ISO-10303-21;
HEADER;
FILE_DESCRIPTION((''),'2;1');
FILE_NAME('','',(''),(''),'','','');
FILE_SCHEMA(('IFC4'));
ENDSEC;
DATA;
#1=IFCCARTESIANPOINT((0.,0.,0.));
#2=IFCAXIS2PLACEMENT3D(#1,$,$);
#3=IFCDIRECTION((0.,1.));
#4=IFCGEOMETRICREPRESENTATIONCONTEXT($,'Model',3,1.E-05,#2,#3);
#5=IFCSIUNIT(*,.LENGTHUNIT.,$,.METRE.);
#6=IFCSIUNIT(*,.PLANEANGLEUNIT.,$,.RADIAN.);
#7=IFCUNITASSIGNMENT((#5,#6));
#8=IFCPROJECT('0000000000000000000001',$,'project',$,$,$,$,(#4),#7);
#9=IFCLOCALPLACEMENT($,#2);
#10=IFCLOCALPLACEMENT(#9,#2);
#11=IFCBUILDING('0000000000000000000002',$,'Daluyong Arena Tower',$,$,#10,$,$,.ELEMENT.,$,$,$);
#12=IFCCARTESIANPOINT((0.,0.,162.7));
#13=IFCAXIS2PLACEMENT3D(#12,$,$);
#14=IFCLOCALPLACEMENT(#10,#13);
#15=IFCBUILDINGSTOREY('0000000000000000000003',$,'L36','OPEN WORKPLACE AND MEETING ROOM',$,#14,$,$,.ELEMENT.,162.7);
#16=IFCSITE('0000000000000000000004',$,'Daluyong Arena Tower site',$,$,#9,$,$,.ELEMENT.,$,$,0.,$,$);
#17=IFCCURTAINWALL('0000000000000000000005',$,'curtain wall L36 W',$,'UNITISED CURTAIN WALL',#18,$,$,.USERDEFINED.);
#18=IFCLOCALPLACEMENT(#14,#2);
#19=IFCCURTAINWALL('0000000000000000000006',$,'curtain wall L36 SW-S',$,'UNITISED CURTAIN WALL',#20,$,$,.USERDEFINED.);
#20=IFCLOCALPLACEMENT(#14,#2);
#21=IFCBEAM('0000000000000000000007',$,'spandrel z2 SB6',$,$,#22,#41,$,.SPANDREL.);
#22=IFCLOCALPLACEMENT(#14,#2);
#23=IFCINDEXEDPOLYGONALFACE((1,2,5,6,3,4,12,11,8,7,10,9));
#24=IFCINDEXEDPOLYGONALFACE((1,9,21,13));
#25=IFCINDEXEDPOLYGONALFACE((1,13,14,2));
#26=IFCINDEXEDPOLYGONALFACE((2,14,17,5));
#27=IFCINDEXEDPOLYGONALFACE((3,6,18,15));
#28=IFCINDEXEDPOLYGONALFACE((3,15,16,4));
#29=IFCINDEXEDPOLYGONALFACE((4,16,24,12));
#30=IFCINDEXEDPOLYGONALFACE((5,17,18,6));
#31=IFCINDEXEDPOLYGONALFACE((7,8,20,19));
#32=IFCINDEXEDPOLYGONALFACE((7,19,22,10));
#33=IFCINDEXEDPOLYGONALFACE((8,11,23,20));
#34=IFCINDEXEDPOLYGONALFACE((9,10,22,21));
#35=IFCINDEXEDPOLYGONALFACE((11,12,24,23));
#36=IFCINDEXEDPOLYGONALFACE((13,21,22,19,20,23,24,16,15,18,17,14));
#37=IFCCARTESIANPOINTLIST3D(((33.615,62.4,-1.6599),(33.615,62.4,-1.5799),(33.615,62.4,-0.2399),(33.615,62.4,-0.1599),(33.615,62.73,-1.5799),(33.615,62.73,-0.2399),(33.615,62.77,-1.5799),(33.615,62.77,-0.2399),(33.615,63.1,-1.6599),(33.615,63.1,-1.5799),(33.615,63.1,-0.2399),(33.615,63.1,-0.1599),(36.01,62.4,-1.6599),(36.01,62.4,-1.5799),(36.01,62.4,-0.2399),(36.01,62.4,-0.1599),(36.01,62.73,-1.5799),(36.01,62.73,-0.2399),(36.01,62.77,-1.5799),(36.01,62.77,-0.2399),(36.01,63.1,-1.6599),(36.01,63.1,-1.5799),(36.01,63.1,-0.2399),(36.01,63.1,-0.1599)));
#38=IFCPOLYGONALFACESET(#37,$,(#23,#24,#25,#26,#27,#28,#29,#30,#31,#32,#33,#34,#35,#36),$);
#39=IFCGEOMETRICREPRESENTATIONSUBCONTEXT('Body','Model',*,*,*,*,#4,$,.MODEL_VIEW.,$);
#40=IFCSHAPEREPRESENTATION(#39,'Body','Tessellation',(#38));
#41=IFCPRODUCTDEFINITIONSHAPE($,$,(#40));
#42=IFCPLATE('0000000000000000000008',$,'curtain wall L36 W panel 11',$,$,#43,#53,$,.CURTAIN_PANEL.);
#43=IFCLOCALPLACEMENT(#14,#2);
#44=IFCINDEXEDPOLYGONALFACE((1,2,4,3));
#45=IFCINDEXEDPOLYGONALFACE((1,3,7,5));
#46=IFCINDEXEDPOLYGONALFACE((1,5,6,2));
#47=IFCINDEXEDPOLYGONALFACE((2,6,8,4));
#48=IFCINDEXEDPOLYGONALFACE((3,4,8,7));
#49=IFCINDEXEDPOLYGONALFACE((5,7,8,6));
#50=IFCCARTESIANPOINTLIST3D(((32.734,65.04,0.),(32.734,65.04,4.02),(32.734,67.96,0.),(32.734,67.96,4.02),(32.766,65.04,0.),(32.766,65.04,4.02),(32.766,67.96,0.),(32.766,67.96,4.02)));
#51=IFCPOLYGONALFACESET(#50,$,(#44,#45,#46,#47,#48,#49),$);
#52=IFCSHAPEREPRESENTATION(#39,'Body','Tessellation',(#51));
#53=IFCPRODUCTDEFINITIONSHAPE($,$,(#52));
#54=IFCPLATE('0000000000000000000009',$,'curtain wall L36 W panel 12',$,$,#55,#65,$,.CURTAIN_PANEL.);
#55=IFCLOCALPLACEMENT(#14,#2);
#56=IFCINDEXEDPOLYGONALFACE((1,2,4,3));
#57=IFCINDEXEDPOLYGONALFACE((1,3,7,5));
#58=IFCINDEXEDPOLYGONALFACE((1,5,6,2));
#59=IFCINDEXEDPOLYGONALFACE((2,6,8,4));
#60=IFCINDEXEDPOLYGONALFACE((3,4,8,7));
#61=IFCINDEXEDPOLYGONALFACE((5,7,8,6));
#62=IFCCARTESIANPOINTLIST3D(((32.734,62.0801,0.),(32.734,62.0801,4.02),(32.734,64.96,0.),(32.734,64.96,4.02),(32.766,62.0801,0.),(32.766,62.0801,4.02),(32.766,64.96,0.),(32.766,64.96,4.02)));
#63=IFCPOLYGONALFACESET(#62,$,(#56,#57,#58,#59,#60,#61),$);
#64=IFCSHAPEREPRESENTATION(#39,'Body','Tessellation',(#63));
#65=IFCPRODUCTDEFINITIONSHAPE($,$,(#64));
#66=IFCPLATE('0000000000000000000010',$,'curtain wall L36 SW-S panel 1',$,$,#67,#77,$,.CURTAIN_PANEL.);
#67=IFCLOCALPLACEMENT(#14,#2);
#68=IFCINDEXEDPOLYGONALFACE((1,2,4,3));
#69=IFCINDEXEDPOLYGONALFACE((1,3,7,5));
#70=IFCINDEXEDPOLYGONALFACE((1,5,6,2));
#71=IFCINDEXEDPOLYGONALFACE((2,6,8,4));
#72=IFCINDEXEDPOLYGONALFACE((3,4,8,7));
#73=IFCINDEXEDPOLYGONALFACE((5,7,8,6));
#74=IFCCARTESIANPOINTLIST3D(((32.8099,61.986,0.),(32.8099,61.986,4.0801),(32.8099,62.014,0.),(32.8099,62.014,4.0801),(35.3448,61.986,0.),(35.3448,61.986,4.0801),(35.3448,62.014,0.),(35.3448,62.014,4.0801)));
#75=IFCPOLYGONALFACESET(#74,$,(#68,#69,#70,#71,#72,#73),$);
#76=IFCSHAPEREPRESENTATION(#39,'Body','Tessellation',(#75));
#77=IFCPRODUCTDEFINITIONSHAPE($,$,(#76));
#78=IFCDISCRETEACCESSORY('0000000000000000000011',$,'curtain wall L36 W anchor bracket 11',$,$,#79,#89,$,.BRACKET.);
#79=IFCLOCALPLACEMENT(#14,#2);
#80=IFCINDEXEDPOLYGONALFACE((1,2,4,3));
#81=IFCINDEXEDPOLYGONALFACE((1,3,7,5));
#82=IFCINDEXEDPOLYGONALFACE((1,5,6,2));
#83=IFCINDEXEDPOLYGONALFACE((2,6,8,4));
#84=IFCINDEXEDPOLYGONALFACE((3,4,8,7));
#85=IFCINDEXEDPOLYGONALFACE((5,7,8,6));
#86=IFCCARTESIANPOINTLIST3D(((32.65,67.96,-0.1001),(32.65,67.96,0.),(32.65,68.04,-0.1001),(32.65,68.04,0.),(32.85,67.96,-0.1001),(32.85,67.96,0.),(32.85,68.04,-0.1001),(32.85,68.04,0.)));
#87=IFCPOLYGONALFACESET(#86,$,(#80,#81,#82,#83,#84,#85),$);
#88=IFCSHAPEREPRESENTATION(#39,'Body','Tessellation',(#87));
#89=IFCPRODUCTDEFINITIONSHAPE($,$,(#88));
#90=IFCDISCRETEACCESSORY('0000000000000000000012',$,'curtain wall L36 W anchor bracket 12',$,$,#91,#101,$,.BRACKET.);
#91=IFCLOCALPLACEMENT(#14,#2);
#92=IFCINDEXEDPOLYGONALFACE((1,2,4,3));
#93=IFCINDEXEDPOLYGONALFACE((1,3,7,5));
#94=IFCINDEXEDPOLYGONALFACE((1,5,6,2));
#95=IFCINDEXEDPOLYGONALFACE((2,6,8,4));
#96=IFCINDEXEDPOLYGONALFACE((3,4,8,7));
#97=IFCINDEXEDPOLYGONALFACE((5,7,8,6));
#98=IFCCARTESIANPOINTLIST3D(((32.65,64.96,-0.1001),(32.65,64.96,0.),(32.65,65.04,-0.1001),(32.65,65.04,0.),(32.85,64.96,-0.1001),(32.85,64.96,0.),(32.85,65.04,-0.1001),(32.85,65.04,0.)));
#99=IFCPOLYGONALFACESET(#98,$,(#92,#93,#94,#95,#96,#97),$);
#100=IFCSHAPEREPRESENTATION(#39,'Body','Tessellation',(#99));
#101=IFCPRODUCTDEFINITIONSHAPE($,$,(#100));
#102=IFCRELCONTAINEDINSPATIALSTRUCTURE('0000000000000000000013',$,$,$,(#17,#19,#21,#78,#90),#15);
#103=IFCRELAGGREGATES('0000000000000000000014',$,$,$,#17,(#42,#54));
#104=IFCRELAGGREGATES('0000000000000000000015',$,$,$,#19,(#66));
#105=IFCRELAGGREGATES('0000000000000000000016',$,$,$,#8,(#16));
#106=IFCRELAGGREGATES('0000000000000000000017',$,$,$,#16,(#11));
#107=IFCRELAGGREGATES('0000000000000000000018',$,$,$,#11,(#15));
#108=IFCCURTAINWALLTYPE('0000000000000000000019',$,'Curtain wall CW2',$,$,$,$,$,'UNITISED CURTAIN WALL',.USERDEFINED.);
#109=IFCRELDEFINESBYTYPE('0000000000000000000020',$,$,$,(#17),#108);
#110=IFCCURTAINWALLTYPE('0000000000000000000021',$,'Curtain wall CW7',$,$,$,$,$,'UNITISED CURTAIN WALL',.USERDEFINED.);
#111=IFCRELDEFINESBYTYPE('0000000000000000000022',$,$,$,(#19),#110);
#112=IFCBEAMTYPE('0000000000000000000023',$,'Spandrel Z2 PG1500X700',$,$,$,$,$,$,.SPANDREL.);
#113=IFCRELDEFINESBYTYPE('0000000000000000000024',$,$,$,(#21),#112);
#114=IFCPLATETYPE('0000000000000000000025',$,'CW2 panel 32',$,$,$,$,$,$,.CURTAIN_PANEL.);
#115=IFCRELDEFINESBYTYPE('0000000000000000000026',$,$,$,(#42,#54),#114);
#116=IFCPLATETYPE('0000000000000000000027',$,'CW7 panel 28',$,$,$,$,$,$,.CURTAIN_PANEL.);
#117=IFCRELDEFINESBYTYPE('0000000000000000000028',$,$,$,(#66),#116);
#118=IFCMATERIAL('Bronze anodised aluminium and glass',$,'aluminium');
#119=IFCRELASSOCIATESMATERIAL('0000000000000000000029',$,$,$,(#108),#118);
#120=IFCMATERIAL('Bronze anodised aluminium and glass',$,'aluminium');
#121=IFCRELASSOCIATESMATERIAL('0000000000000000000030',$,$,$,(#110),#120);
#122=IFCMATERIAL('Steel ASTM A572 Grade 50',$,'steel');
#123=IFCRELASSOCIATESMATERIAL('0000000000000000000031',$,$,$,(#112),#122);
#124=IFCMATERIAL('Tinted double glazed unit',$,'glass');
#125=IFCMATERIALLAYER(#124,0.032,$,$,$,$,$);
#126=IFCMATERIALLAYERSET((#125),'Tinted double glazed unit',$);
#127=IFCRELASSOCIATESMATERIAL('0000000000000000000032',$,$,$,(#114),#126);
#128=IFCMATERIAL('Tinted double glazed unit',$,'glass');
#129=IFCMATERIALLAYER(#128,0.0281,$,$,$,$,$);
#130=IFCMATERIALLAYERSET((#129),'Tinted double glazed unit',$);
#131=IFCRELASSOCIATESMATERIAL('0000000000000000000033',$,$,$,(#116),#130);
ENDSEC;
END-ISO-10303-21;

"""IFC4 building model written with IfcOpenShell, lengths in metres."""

from ifc_helpers import new_model, si_unit, direction, frame, origin, origin_2d, place, context, subcontext, project, spatial, rectangle, i_section, extrude, material, layer, layer_set, material_profile, profile_set, type_object, element, aggregate, save


model = new_model("IFC4")

# Units and contexts
model_context = context("Model", 3, precision=1e-05, world=origin(), true_north=direction((0.0, 1.0)))
body_context = subcontext(model_context, "Body", "Model", "MODEL_VIEW")
ifc_project = project(units=[si_unit("LENGTHUNIT", "METRE"), si_unit("PLANEANGLEUNIT", "RADIAN")], contexts=[model_context])

# Site, building, storey
site_placement = place(None, origin())
site = spatial("IfcSite", under=ifc_project, at=site_placement, Name="Daluyong Arena Tower site", CompositionType="ELEMENT", RefElevation=0.0)
building_placement = place(site_placement, origin())
building = spatial("IfcBuilding", under=site, at=building_placement, Name="Daluyong Arena Tower", CompositionType="ELEMENT")
storey_placement = place(building_placement, frame((0.0, 0.0, 162.7)))
storey = spatial("IfcBuildingStorey", under=building, at=storey_placement, Name="L36", Description="OPEN WORKPLACE AND MEETING ROOM", CompositionType="ELEMENT", Elevation=162.7)

# Curtain walls
ifc_material_1 = material(Name="Bronze anodised aluminium and glass", Category="aluminium")
curtain_wall_type_1 = type_object("IfcCurtainWallType", Name="Curtain wall CW2", ElementType="UNITISED CURTAIN WALL", PredefinedType="USERDEFINED", material=ifc_material_1)
curtain_wall_1_placement = place(storey_placement, origin())
curtain_wall_1 = element("IfcCurtainWall", 1, at=curtain_wall_1_placement, inside=storey, type_object=curtain_wall_type_1, Name="curtain wall L36 W", ObjectType="UNITISED CURTAIN WALL", PredefinedType="USERDEFINED")
ifc_material_2 = material(Name="Bronze anodised aluminium and glass", Category="aluminium")
curtain_wall_type_2 = type_object("IfcCurtainWallType", Name="Curtain wall CW7", ElementType="UNITISED CURTAIN WALL", PredefinedType="USERDEFINED", material=ifc_material_2)
curtain_wall_2_placement = place(storey_placement, origin())
curtain_wall_2 = element("IfcCurtainWall", 2, at=curtain_wall_2_placement, inside=storey, type_object=curtain_wall_type_2, Name="curtain wall L36 SW-S", ObjectType="UNITISED CURTAIN WALL", PredefinedType="USERDEFINED")

# Beam
ifc_material_3 = material(Name="Steel ASTM A572 Grade 50", Category="steel")
ifc_material_profile_1 = material_profile(ifc_material_3, i_section(OverallWidth=0.7, OverallDepth=1.5, WebThickness=0.04, FlangeThickness=0.08, at=origin_2d()))
ifc_profile_set_1 = profile_set([ifc_material_profile_1], Name="Steel ASTM A572 Grade 50")
beam_type_1 = type_object("IfcBeamType", Name="Spandrel Z2 PG1500X700", PredefinedType="SPANDREL", material=ifc_profile_set_1)
beam_1_placement = place(storey_placement, frame((33.615, 62.75, -0.9099), z_axis=(1.0, 0.0, 0.0), x_axis=(0.0, 1.0, 0.0)))
element("IfcBeam", 3, at=beam_1_placement, inside=storey, type_object=beam_type_1, Name="spandrel z2 SB6", PredefinedType="SPANDREL", context=body_context, shape_type="SweptSolid", body=[
    extrude(i_section(OverallWidth=0.7, OverallDepth=1.5, WebThickness=0.04, FlangeThickness=0.08, at=origin_2d()), origin(), (0.0, 0.0, 1.0), 2.395),
])

# Plates
ifc_material_4 = material(Name="Tinted double glazed unit", Category="glass")
ifc_layer_1 = layer(ifc_material_4, 0.032)
ifc_layer_set_1 = layer_set([ifc_layer_1], Name="Tinted double glazed unit")
plate_type_1 = type_object("IfcPlateType", Name="CW2 panel 32", PredefinedType="CURTAIN_PANEL", material=ifc_layer_set_1)
plate_1_placement = place(storey_placement, frame((32.75, 66.5, 0.0), z_axis=(0.0, 0.0, 1.0), x_axis=(0.0, -1.0, 0.0)))
plate_1 = element("IfcPlate", 4, at=plate_1_placement, type_object=plate_type_1, Name="curtain wall L36 W panel 11", PredefinedType="CURTAIN_PANEL", context=body_context, shape_type="SweptSolid", body=[
    extrude(rectangle(XDim=2.9199, YDim=0.032, at=origin_2d()), origin(), (0.0, 0.0, 1.0), 4.02),
])
plate_2_placement = place(storey_placement, frame((32.75, 63.52, 0.0), z_axis=(0.0, 0.0, 1.0), x_axis=(0.0, -1.0, 0.0)))
plate_2 = element("IfcPlate", 5, at=plate_2_placement, type_object=plate_type_1, Name="curtain wall L36 W panel 12", PredefinedType="CURTAIN_PANEL", context=body_context, shape_type="SweptSolid", body=[
    extrude(rectangle(XDim=2.8799, YDim=0.032, at=origin_2d()), origin(), (0.0, 0.0, 1.0), 4.02),
])
aggregate(curtain_wall_1, [plate_1, plate_2])
ifc_material_5 = material(Name="Tinted double glazed unit", Category="glass")
ifc_layer_2 = layer(ifc_material_5, 0.0281)
ifc_layer_set_2 = layer_set([ifc_layer_2], Name="Tinted double glazed unit")
plate_type_2 = type_object("IfcPlateType", Name="CW7 panel 28", PredefinedType="CURTAIN_PANEL", material=ifc_layer_set_2)
plate_3_placement = place(storey_placement, frame((34.0774, 62.0, 0.0), z_axis=(0.0, 0.0, 1.0), x_axis=(1.0, 0.0, 0.0)))
plate_3 = element("IfcPlate", 6, at=plate_3_placement, type_object=plate_type_2, Name="curtain wall L36 SW-S panel 1", PredefinedType="CURTAIN_PANEL", context=body_context, shape_type="SweptSolid", body=[
    extrude(rectangle(XDim=2.5349, YDim=0.0281, at=origin_2d()), origin(), (0.0, 0.0, 1.0), 4.0801),
])
aggregate(curtain_wall_2, [plate_3])

# Discrete accessories
for number, where, z_axis, x_axis, name in (
    (7, (32.75, 68.0, -0.1001), (0.0, 0.0, 1.0), (0.0, -1.0, 0.0), "curtain wall L36 W anchor bracket 11"),
    (8, (32.75, 65.0, -0.1001), (0.0, 0.0, 1.0), (0.0, -1.0, 0.0), "curtain wall L36 W anchor bracket 12"),
):
    element("IfcDiscreteAccessory", number, at=place(storey_placement, frame(where, z_axis=z_axis, x_axis=x_axis)), inside=storey, Name=name, PredefinedType="BRACKET", context=body_context, shape_type="SweptSolid", body=[
        extrude(rectangle(XDim=0.0801, YDim=0.2, at=origin_2d()), origin(), (0.0, 0.0, 1.0), 0.1001),
    ])

save(model, "model.ifc")
